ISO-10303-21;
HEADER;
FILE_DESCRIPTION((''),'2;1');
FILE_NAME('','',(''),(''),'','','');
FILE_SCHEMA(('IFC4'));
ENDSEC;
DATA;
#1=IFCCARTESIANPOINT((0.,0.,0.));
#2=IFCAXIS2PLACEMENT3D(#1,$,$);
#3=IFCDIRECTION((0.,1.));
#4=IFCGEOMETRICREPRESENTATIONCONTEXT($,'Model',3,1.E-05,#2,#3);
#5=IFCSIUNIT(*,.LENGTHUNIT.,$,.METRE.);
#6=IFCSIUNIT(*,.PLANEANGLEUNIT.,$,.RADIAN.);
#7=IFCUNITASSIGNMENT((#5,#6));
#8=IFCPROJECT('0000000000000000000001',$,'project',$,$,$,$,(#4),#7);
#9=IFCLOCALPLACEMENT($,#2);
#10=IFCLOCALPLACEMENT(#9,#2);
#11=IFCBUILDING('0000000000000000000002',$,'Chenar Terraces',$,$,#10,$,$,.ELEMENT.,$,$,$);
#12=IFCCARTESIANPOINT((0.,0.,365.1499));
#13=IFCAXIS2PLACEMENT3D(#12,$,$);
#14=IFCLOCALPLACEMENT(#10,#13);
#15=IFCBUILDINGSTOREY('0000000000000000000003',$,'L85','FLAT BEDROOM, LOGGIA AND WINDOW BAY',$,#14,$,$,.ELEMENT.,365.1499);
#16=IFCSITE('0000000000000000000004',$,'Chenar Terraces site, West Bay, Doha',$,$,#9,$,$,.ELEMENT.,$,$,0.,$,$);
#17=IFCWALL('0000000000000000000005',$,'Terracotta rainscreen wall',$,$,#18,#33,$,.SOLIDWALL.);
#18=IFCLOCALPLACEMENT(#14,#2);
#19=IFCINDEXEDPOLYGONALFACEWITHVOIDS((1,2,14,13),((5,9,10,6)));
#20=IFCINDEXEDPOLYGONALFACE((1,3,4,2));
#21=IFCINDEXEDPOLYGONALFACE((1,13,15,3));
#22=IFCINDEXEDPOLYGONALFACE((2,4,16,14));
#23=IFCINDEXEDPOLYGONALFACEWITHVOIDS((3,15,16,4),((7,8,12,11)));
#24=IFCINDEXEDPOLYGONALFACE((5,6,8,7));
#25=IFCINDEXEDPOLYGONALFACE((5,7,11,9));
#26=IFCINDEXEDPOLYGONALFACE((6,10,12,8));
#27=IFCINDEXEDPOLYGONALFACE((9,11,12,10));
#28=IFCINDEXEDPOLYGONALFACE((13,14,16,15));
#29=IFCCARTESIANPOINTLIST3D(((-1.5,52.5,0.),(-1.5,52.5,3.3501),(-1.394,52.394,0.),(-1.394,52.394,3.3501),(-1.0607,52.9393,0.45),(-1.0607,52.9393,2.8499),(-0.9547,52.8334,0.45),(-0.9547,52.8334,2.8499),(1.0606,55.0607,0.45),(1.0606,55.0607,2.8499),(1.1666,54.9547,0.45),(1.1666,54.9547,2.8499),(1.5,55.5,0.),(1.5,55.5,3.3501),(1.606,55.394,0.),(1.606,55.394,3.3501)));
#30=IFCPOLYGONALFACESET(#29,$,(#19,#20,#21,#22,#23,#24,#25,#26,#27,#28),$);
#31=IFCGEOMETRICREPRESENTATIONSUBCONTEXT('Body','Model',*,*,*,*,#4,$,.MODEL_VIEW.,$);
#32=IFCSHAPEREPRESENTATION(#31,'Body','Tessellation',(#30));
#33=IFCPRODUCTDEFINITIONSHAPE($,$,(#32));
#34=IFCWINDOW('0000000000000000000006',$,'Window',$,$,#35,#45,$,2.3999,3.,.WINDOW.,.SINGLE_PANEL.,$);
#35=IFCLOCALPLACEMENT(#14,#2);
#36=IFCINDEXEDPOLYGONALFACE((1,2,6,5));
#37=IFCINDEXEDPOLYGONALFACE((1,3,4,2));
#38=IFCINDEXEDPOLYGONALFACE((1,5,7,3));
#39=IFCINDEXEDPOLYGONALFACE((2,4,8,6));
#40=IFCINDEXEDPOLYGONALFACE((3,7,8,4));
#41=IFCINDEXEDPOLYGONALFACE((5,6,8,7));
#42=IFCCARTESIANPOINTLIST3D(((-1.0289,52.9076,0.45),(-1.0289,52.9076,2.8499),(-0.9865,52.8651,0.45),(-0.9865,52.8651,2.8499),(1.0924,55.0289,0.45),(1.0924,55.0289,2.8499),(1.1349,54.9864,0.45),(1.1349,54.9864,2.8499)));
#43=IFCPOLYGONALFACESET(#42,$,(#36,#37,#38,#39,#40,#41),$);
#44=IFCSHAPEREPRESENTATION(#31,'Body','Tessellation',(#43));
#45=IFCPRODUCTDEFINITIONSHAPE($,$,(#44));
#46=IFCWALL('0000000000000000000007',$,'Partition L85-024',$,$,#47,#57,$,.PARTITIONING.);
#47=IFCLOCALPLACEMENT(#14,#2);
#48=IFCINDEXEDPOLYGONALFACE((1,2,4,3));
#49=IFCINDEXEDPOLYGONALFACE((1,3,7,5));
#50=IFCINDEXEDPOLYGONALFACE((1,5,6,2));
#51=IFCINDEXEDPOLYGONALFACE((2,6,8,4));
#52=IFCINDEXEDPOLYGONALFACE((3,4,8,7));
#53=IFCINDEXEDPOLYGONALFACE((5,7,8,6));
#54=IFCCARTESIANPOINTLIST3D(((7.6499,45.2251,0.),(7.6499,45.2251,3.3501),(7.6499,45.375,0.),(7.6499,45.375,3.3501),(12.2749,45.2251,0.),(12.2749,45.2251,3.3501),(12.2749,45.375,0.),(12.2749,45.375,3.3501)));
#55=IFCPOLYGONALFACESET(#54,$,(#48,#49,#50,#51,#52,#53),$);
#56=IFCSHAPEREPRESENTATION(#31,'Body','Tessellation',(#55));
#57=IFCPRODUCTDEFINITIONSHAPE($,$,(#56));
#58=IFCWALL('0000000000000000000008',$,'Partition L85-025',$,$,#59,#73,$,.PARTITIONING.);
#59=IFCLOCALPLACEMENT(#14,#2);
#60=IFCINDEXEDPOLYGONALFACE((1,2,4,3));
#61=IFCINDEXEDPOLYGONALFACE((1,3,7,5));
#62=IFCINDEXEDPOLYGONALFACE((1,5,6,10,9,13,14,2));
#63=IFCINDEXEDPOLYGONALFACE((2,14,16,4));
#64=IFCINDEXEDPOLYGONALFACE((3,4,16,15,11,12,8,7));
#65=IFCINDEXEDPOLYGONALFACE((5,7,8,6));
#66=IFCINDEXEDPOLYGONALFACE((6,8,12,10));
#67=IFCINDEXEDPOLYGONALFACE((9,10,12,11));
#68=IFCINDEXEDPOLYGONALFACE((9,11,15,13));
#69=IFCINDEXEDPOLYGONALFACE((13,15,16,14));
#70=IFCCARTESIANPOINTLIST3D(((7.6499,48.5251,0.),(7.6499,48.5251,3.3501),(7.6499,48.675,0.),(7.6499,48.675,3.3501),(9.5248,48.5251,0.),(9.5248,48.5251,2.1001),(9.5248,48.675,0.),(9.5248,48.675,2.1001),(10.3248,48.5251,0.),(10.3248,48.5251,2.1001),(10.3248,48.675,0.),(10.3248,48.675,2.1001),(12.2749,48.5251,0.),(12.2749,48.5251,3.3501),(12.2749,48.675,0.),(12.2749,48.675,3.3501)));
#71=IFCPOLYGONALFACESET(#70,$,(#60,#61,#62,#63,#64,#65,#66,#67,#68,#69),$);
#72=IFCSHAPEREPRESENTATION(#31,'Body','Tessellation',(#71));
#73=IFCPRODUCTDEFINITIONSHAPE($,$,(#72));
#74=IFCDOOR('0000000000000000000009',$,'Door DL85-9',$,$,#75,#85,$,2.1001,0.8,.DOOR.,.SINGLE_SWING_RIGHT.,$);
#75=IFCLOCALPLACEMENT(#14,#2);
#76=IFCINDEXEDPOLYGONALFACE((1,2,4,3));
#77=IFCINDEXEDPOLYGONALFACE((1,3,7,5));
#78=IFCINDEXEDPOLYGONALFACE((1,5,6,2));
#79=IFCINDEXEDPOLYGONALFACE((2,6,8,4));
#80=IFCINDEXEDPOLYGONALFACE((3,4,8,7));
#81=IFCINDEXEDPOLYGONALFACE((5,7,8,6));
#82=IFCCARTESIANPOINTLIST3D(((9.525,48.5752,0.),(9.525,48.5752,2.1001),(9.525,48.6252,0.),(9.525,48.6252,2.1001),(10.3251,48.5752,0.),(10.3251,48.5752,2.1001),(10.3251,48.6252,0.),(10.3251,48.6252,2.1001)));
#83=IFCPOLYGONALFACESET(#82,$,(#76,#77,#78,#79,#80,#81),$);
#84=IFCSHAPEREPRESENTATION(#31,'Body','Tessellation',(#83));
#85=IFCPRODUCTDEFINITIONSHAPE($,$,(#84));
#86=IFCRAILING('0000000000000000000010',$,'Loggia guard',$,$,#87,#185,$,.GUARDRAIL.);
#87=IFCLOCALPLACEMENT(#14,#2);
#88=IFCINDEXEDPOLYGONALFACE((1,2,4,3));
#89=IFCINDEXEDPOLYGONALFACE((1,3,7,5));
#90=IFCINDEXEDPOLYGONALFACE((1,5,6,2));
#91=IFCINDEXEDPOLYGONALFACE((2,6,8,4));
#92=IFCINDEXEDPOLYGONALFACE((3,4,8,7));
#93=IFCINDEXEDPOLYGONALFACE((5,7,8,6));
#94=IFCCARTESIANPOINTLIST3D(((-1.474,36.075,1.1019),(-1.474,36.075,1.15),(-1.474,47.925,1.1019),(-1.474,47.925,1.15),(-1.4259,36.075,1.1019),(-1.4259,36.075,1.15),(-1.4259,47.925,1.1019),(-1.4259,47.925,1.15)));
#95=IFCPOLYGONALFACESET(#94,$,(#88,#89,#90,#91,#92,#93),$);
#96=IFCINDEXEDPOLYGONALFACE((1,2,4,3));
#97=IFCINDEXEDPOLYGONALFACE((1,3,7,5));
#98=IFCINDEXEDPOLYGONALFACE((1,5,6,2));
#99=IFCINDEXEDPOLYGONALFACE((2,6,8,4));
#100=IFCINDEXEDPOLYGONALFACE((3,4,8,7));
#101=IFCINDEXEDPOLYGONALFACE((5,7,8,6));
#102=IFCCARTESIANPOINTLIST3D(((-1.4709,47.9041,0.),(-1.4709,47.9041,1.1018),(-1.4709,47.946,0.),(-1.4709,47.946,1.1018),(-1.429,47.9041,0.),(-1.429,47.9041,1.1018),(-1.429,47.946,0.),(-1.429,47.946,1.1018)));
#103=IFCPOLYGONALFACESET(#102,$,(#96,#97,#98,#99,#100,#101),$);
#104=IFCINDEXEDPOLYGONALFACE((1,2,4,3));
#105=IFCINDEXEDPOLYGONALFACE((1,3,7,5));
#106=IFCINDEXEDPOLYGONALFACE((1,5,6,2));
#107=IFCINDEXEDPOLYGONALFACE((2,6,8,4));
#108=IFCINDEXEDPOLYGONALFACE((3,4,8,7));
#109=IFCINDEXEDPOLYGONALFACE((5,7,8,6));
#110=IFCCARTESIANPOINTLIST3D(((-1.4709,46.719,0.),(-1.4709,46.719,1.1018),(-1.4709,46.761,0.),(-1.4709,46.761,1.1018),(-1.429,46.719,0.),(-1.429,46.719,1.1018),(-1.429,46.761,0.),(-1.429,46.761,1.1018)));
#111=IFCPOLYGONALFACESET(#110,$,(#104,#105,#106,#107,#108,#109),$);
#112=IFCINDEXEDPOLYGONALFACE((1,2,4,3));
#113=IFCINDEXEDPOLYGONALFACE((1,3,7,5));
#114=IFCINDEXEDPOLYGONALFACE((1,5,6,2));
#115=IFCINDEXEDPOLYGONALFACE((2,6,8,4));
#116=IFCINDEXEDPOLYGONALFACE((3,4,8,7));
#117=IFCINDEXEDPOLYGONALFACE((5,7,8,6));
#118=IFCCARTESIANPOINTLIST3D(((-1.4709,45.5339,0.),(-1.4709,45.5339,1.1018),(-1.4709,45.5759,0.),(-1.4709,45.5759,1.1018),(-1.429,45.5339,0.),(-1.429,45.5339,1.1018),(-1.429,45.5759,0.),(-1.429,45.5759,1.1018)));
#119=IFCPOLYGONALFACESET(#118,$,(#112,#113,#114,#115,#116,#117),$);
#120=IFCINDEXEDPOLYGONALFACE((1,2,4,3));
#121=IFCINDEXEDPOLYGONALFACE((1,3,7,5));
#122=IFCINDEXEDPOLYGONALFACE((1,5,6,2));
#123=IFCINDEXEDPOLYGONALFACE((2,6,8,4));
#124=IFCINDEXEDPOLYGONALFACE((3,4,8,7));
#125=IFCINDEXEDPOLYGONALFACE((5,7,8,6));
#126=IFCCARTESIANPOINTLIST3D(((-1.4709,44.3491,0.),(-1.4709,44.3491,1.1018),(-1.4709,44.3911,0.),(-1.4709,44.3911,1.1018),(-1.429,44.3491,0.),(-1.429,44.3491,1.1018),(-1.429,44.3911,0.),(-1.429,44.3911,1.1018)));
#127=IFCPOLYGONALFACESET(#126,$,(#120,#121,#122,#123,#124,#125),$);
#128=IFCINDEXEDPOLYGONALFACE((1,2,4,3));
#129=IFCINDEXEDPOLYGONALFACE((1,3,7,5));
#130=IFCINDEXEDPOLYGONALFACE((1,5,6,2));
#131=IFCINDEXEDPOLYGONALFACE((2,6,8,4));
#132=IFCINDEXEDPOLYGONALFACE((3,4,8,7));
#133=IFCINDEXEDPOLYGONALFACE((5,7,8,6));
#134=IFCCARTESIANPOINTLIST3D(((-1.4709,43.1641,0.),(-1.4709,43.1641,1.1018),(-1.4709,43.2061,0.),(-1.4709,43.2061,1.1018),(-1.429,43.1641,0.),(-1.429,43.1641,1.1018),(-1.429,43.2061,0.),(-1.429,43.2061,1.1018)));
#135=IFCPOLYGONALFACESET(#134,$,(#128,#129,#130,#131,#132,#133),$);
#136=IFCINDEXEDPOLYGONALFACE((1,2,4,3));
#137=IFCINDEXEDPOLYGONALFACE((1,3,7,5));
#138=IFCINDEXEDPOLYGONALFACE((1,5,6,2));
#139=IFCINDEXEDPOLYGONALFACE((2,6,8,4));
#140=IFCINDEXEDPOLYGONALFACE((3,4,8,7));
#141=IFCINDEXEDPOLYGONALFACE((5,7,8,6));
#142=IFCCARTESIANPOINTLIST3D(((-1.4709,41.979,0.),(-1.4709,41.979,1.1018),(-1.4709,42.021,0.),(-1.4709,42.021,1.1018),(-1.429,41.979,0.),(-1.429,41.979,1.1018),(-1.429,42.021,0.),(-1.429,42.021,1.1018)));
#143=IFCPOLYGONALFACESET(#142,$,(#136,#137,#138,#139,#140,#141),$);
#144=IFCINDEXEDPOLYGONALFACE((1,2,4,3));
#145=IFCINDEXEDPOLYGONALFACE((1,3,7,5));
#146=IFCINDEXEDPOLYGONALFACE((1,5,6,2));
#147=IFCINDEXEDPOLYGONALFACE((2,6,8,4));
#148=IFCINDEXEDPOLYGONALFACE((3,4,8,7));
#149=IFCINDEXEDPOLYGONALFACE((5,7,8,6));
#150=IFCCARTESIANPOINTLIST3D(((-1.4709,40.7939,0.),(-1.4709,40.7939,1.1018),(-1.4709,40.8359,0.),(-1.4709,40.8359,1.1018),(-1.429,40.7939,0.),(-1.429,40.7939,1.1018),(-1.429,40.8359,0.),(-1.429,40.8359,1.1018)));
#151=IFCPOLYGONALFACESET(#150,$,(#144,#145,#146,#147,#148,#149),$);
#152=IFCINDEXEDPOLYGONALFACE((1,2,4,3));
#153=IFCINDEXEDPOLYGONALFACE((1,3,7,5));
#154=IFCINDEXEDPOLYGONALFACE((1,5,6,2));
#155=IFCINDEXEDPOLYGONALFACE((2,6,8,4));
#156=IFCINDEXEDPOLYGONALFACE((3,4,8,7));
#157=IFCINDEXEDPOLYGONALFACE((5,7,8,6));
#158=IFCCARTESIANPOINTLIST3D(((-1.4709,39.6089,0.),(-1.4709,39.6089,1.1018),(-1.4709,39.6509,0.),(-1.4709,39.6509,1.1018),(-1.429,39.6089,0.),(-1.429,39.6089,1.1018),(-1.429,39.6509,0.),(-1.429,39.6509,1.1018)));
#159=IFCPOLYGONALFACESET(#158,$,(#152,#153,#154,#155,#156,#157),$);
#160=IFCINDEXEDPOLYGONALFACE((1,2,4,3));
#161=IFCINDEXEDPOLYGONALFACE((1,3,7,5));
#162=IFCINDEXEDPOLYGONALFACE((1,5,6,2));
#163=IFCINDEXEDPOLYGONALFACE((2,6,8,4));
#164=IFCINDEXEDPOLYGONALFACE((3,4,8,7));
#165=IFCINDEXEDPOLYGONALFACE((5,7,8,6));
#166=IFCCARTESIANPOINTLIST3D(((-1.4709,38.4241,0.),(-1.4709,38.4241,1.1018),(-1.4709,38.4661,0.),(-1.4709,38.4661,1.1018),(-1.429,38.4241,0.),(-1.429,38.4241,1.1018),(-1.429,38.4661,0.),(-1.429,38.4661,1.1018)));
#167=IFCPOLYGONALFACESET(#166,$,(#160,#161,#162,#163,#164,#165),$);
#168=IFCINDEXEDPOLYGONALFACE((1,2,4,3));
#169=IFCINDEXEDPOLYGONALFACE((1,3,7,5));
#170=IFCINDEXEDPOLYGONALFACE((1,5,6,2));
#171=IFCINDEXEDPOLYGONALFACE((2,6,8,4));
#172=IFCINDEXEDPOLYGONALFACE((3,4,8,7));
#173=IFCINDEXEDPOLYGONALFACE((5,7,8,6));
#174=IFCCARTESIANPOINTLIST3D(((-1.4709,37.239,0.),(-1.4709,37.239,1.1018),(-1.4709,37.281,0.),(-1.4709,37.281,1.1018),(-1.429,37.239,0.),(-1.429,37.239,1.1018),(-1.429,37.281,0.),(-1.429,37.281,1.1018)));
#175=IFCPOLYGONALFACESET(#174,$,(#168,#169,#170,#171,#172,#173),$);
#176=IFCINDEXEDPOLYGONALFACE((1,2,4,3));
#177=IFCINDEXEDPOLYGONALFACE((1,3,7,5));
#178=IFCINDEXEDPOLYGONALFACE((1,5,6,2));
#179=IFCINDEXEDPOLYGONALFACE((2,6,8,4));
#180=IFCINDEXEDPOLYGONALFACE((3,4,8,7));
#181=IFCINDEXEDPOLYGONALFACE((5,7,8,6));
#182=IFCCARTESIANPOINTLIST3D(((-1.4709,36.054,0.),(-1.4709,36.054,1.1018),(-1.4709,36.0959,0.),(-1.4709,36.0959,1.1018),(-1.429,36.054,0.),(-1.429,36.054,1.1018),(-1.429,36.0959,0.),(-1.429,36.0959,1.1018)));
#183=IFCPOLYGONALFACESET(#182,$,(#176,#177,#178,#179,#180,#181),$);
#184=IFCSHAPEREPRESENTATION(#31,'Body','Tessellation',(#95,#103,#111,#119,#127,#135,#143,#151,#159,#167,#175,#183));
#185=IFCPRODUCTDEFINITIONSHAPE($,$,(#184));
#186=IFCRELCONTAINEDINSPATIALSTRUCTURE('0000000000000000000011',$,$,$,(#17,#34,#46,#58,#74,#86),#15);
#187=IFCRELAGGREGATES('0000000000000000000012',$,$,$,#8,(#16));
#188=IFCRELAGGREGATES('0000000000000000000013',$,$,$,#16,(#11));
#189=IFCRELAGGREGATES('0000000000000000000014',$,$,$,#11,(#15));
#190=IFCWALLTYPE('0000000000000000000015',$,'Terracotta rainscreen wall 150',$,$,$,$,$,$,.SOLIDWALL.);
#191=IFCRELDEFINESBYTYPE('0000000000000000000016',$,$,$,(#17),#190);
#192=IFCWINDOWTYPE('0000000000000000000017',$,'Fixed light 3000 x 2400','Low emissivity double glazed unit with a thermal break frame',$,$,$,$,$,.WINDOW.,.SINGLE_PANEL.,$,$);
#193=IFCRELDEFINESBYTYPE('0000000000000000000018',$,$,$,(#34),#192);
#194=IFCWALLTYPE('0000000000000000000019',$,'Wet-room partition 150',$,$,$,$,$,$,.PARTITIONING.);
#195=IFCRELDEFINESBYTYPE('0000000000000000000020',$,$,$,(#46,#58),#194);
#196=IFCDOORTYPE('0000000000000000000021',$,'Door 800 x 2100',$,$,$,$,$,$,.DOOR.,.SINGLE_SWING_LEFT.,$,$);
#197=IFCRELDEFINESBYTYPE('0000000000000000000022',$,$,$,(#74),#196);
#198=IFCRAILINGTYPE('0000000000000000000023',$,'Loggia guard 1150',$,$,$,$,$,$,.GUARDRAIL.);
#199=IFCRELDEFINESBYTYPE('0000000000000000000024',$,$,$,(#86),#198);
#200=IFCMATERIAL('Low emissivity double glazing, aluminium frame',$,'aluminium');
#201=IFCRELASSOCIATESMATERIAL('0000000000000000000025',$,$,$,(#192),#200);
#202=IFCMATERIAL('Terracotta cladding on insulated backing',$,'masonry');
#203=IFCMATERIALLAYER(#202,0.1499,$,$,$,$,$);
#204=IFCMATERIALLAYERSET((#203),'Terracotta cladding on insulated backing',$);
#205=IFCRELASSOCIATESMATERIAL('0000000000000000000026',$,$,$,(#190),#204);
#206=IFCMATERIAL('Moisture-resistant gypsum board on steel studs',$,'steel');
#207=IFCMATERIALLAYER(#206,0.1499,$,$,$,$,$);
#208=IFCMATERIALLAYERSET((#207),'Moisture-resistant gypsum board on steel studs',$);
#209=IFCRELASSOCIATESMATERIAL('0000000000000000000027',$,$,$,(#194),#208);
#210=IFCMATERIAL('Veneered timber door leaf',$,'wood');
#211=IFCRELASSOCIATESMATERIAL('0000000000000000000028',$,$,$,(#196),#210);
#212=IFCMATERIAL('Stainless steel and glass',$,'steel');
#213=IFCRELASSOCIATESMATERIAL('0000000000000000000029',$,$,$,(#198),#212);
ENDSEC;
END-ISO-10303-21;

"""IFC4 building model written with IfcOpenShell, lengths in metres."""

from ifc_helpers import new_model, si_unit, direction, frame, frame_2d, origin, origin_2d, place, context, subcontext, project, spatial, rectangle, extrude, material, layer, layer_set, type_object, element, fill, save


model = new_model("IFC4")

# Units and contexts
model_context = context("Model", 3, precision=1e-05, world=origin(), true_north=direction((0.0, 1.0)))
body_context = subcontext(model_context, "Body", "Model", "MODEL_VIEW")
ifc_project = project(units=[si_unit("LENGTHUNIT", "METRE"), si_unit("PLANEANGLEUNIT", "RADIAN")], contexts=[model_context])

# Site, building, storey
site_placement = place(None, origin())
site = spatial("IfcSite", under=ifc_project, at=site_placement, Name="Chenar Terraces site, West Bay, Doha", CompositionType="ELEMENT", RefElevation=0.0)
building_placement = place(site_placement, origin())
building = spatial("IfcBuilding", under=site, at=building_placement, Name="Chenar Terraces", CompositionType="ELEMENT")
storey_placement = place(building_placement, frame((0.0, 0.0, 365.1499)))
storey = spatial("IfcBuildingStorey", under=building, at=storey_placement, Name="L85", Description="FLAT BEDROOM, LOGGIA AND WINDOW BAY", CompositionType="ELEMENT", Elevation=365.1499)

# Shared definitions
ifc_material_1 = material(Name="Low emissivity double glazing, aluminium frame", Category="aluminium")
window_type_1 = type_object("IfcWindowType", Name="Fixed light 3000 x 2400", Description="Low emissivity double glazed unit with a thermal break frame", PartitioningType="SINGLE_PANEL", PredefinedType="WINDOW", material=ifc_material_1)

# Wall, opening, window
ifc_material_2 = material(Name="Terracotta cladding on insulated backing", Category="masonry")
ifc_layer_1 = layer(ifc_material_2, 0.1499)
ifc_layer_set_1 = layer_set([ifc_layer_1], Name="Terracotta cladding on insulated backing")
wall_type_1 = type_object("IfcWallType", Name="Terracotta rainscreen wall 150", PredefinedType="SOLIDWALL", material=ifc_layer_set_1)
wall_1_placement = place(storey_placement, frame((1.553, 55.447, 0.0), z_axis=(0.0, 0.0, 1.0), x_axis=(-0.707107, -0.707107, 0.0)))
wall_1 = element("IfcWall", 1, at=wall_1_placement, inside=storey, type_object=wall_type_1, Name="Terracotta rainscreen wall", PredefinedType="SOLIDWALL", context=body_context, shape_type="SweptSolid", body=[
    extrude(rectangle(XDim=4.2427, YDim=0.1499, at=frame_2d((2.1213, 0.0))), origin(), (0.0, 0.0, 1.0), 3.3501),
])
opening_1_placement = place(wall_1_placement, frame((0.6213, 0.0, 0.45)))
opening_1 = element("IfcOpeningElement", 2, at=opening_1_placement, cuts=wall_1, PredefinedType="OPENING", context=body_context, shape_type="SweptSolid", body=[
    extrude(rectangle(XDim=3.0, YDim=2.3999, at=frame_2d((1.5, 1.2))), frame((0.0, 0.085, 0.0), z_axis=(0.0, -1.0, 0.0), x_axis=(1.0, 0.0, 0.0)), (0.0, 0.0, 1.0), 0.1699),
])
window_1_placement = place(opening_1_placement, origin())
window_1 = element("IfcWindow", 3, at=window_1_placement, inside=storey, type_object=window_type_1, Name="Window", OverallHeight=2.3999, OverallWidth=3.0, PartitioningType="SINGLE_PANEL", PredefinedType="WINDOW", context=body_context, shape_type="SweptSolid", body=[
    extrude(rectangle(XDim=3.0, YDim=2.3999, at=frame_2d((1.5, 1.2))), frame((0.0, 0.03, 0.0), z_axis=(0.0, -1.0, 0.0), x_axis=(1.0, 0.0, 0.0)), (0.0, 0.0, 1.0), 0.0601),
])
fill(opening_1, window_1)

# Wall
ifc_material_3 = material(Name="Moisture-resistant gypsum board on steel studs", Category="steel")
ifc_layer_2 = layer(ifc_material_3, 0.1499)
ifc_layer_set_2 = layer_set([ifc_layer_2], Name="Moisture-resistant gypsum board on steel studs")
wall_type_2 = type_object("IfcWallType", Name="Wet-room partition 150", PredefinedType="PARTITIONING", material=ifc_layer_set_2)
wall_2_placement = place(storey_placement, frame((7.6499, 45.3, 0.0), z_axis=(0.0, 0.0, 1.0), x_axis=(1.0, 0.0, 0.0)))
element("IfcWall", 4, at=wall_2_placement, inside=storey, type_object=wall_type_2, Name="Partition L85-024", PredefinedType="PARTITIONING", context=body_context, shape_type="SweptSolid", body=[
    extrude(rectangle(XDim=4.625, YDim=0.1499, at=frame_2d((2.3125, 0.0))), origin(), (0.0, 0.0, 1.0), 3.3501),
])

# Wall, opening, door
wall_3_placement = place(storey_placement, frame((7.6499, 48.6001, 0.0), z_axis=(0.0, 0.0, 1.0), x_axis=(1.0, 0.0, 0.0)))
wall_3 = element("IfcWall", 5, at=wall_3_placement, inside=storey, type_object=wall_type_2, Name="Partition L85-025", PredefinedType="PARTITIONING", context=body_context, shape_type="SweptSolid", body=[
    extrude(rectangle(XDim=4.625, YDim=0.1499, at=frame_2d((2.3125, 0.0))), origin(), (0.0, 0.0, 1.0), 3.3501),
])
opening_2_placement = place(wall_3_placement, frame((1.875, 0.0, 0.0)))
opening_2 = element("IfcOpeningElement", 6, at=opening_2_placement, cuts=wall_3, PredefinedType="OPENING", context=body_context, shape_type="SweptSolid", body=[
    extrude(rectangle(XDim=0.8, YDim=2.1001, at=frame_2d((0.3999, 1.05))), frame((0.0, 0.085, 0.0), z_axis=(0.0, -1.0, 0.0), x_axis=(1.0, 0.0, 0.0)), (0.0, 0.0, 1.0), 0.1699),
])
ifc_material_4 = material(Name="Veneered timber door leaf", Category="wood")
door_type_1 = type_object("IfcDoorType", Name="Door 800 x 2100", OperationType="SINGLE_SWING_LEFT", PredefinedType="DOOR", material=ifc_material_4)
door_1_placement = place(opening_2_placement, frame((0.8, 0.0, 0.0), z_axis=(0.0, 0.0, 1.0), x_axis=(-1.0, 0.0, 0.0)))
door_1 = element("IfcDoor", 7, at=door_1_placement, inside=storey, type_object=door_type_1, Name="Door DL85-9", OperationType="SINGLE_SWING_RIGHT", OverallHeight=2.1001, OverallWidth=0.8, PredefinedType="DOOR", context=body_context, shape_type="SweptSolid", body=[
    extrude(rectangle(XDim=0.8, YDim=2.1001, at=frame_2d((0.3999, 1.05))), frame((0.0, 0.0249, 0.0), z_axis=(0.0, -1.0, 0.0), x_axis=(1.0, 0.0, 0.0)), (0.0, 0.0, 1.0), 0.05),
])
fill(opening_2, door_1)

# Railing
ifc_material_5 = material(Name="Stainless steel and glass", Category="steel")
railing_type = type_object("IfcRailingType", Name="Loggia guard 1150", PredefinedType="GUARDRAIL", material=ifc_material_5)
railing_placement = place(storey_placement, frame((-1.45, 47.925, 0.0)))
element("IfcRailing", 8, at=railing_placement, inside=storey, type_object=railing_type, Name="Loggia guard", PredefinedType="GUARDRAIL", context=body_context, shape_type="SweptSolid", body=[
    extrude(rectangle(XDim=0.0481, YDim=0.0481, at=origin_2d()), frame((0.0, 0.0, 1.126), z_axis=(0.0, -1.0, 0.0), x_axis=(1.0, 0.0, 0.0)), (0.0, 0.0, 1.0), 11.8501),
    extrude(rectangle(XDim=0.042, YDim=0.042, at=origin_2d()), origin(), (0.0, 0.0, 1.0), 1.1018),
    extrude(rectangle(XDim=0.042, YDim=0.042, at=origin_2d()), frame((0.0, -1.1851, 0.0)), (0.0, 0.0, 1.0), 1.1018),
    extrude(rectangle(XDim=0.042, YDim=0.042, at=origin_2d()), frame((0.0, -2.3701, 0.0)), (0.0, 0.0, 1.0), 1.1018),
    extrude(rectangle(XDim=0.042, YDim=0.042, at=origin_2d()), frame((0.0, -3.5549, 0.0)), (0.0, 0.0, 1.0), 1.1018),
    extrude(rectangle(XDim=0.042, YDim=0.042, at=origin_2d()), frame((0.0, -4.74, 0.0)), (0.0, 0.0, 1.0), 1.1018),
    extrude(rectangle(XDim=0.042, YDim=0.042, at=origin_2d()), frame((0.0, -5.925, 0.0)), (0.0, 0.0, 1.0), 1.1018),
    extrude(rectangle(XDim=0.042, YDim=0.042, at=origin_2d()), frame((0.0, -7.1101, 0.0)), (0.0, 0.0, 1.0), 1.1018),
    extrude(rectangle(XDim=0.042, YDim=0.042, at=origin_2d()), frame((0.0, -8.2952, 0.0)), (0.0, 0.0, 1.0), 1.1018),
    extrude(rectangle(XDim=0.042, YDim=0.042, at=origin_2d()), frame((0.0, -9.48, 0.0)), (0.0, 0.0, 1.0), 1.1018),
    extrude(rectangle(XDim=0.042, YDim=0.042, at=origin_2d()), frame((0.0, -10.665, 0.0)), (0.0, 0.0, 1.0), 1.1018),
    extrude(rectangle(XDim=0.042, YDim=0.042, at=origin_2d()), frame((0.0, -11.8501, 0.0)), (0.0, 0.0, 1.0), 1.1018),
])

save(model, "model.ifc")
